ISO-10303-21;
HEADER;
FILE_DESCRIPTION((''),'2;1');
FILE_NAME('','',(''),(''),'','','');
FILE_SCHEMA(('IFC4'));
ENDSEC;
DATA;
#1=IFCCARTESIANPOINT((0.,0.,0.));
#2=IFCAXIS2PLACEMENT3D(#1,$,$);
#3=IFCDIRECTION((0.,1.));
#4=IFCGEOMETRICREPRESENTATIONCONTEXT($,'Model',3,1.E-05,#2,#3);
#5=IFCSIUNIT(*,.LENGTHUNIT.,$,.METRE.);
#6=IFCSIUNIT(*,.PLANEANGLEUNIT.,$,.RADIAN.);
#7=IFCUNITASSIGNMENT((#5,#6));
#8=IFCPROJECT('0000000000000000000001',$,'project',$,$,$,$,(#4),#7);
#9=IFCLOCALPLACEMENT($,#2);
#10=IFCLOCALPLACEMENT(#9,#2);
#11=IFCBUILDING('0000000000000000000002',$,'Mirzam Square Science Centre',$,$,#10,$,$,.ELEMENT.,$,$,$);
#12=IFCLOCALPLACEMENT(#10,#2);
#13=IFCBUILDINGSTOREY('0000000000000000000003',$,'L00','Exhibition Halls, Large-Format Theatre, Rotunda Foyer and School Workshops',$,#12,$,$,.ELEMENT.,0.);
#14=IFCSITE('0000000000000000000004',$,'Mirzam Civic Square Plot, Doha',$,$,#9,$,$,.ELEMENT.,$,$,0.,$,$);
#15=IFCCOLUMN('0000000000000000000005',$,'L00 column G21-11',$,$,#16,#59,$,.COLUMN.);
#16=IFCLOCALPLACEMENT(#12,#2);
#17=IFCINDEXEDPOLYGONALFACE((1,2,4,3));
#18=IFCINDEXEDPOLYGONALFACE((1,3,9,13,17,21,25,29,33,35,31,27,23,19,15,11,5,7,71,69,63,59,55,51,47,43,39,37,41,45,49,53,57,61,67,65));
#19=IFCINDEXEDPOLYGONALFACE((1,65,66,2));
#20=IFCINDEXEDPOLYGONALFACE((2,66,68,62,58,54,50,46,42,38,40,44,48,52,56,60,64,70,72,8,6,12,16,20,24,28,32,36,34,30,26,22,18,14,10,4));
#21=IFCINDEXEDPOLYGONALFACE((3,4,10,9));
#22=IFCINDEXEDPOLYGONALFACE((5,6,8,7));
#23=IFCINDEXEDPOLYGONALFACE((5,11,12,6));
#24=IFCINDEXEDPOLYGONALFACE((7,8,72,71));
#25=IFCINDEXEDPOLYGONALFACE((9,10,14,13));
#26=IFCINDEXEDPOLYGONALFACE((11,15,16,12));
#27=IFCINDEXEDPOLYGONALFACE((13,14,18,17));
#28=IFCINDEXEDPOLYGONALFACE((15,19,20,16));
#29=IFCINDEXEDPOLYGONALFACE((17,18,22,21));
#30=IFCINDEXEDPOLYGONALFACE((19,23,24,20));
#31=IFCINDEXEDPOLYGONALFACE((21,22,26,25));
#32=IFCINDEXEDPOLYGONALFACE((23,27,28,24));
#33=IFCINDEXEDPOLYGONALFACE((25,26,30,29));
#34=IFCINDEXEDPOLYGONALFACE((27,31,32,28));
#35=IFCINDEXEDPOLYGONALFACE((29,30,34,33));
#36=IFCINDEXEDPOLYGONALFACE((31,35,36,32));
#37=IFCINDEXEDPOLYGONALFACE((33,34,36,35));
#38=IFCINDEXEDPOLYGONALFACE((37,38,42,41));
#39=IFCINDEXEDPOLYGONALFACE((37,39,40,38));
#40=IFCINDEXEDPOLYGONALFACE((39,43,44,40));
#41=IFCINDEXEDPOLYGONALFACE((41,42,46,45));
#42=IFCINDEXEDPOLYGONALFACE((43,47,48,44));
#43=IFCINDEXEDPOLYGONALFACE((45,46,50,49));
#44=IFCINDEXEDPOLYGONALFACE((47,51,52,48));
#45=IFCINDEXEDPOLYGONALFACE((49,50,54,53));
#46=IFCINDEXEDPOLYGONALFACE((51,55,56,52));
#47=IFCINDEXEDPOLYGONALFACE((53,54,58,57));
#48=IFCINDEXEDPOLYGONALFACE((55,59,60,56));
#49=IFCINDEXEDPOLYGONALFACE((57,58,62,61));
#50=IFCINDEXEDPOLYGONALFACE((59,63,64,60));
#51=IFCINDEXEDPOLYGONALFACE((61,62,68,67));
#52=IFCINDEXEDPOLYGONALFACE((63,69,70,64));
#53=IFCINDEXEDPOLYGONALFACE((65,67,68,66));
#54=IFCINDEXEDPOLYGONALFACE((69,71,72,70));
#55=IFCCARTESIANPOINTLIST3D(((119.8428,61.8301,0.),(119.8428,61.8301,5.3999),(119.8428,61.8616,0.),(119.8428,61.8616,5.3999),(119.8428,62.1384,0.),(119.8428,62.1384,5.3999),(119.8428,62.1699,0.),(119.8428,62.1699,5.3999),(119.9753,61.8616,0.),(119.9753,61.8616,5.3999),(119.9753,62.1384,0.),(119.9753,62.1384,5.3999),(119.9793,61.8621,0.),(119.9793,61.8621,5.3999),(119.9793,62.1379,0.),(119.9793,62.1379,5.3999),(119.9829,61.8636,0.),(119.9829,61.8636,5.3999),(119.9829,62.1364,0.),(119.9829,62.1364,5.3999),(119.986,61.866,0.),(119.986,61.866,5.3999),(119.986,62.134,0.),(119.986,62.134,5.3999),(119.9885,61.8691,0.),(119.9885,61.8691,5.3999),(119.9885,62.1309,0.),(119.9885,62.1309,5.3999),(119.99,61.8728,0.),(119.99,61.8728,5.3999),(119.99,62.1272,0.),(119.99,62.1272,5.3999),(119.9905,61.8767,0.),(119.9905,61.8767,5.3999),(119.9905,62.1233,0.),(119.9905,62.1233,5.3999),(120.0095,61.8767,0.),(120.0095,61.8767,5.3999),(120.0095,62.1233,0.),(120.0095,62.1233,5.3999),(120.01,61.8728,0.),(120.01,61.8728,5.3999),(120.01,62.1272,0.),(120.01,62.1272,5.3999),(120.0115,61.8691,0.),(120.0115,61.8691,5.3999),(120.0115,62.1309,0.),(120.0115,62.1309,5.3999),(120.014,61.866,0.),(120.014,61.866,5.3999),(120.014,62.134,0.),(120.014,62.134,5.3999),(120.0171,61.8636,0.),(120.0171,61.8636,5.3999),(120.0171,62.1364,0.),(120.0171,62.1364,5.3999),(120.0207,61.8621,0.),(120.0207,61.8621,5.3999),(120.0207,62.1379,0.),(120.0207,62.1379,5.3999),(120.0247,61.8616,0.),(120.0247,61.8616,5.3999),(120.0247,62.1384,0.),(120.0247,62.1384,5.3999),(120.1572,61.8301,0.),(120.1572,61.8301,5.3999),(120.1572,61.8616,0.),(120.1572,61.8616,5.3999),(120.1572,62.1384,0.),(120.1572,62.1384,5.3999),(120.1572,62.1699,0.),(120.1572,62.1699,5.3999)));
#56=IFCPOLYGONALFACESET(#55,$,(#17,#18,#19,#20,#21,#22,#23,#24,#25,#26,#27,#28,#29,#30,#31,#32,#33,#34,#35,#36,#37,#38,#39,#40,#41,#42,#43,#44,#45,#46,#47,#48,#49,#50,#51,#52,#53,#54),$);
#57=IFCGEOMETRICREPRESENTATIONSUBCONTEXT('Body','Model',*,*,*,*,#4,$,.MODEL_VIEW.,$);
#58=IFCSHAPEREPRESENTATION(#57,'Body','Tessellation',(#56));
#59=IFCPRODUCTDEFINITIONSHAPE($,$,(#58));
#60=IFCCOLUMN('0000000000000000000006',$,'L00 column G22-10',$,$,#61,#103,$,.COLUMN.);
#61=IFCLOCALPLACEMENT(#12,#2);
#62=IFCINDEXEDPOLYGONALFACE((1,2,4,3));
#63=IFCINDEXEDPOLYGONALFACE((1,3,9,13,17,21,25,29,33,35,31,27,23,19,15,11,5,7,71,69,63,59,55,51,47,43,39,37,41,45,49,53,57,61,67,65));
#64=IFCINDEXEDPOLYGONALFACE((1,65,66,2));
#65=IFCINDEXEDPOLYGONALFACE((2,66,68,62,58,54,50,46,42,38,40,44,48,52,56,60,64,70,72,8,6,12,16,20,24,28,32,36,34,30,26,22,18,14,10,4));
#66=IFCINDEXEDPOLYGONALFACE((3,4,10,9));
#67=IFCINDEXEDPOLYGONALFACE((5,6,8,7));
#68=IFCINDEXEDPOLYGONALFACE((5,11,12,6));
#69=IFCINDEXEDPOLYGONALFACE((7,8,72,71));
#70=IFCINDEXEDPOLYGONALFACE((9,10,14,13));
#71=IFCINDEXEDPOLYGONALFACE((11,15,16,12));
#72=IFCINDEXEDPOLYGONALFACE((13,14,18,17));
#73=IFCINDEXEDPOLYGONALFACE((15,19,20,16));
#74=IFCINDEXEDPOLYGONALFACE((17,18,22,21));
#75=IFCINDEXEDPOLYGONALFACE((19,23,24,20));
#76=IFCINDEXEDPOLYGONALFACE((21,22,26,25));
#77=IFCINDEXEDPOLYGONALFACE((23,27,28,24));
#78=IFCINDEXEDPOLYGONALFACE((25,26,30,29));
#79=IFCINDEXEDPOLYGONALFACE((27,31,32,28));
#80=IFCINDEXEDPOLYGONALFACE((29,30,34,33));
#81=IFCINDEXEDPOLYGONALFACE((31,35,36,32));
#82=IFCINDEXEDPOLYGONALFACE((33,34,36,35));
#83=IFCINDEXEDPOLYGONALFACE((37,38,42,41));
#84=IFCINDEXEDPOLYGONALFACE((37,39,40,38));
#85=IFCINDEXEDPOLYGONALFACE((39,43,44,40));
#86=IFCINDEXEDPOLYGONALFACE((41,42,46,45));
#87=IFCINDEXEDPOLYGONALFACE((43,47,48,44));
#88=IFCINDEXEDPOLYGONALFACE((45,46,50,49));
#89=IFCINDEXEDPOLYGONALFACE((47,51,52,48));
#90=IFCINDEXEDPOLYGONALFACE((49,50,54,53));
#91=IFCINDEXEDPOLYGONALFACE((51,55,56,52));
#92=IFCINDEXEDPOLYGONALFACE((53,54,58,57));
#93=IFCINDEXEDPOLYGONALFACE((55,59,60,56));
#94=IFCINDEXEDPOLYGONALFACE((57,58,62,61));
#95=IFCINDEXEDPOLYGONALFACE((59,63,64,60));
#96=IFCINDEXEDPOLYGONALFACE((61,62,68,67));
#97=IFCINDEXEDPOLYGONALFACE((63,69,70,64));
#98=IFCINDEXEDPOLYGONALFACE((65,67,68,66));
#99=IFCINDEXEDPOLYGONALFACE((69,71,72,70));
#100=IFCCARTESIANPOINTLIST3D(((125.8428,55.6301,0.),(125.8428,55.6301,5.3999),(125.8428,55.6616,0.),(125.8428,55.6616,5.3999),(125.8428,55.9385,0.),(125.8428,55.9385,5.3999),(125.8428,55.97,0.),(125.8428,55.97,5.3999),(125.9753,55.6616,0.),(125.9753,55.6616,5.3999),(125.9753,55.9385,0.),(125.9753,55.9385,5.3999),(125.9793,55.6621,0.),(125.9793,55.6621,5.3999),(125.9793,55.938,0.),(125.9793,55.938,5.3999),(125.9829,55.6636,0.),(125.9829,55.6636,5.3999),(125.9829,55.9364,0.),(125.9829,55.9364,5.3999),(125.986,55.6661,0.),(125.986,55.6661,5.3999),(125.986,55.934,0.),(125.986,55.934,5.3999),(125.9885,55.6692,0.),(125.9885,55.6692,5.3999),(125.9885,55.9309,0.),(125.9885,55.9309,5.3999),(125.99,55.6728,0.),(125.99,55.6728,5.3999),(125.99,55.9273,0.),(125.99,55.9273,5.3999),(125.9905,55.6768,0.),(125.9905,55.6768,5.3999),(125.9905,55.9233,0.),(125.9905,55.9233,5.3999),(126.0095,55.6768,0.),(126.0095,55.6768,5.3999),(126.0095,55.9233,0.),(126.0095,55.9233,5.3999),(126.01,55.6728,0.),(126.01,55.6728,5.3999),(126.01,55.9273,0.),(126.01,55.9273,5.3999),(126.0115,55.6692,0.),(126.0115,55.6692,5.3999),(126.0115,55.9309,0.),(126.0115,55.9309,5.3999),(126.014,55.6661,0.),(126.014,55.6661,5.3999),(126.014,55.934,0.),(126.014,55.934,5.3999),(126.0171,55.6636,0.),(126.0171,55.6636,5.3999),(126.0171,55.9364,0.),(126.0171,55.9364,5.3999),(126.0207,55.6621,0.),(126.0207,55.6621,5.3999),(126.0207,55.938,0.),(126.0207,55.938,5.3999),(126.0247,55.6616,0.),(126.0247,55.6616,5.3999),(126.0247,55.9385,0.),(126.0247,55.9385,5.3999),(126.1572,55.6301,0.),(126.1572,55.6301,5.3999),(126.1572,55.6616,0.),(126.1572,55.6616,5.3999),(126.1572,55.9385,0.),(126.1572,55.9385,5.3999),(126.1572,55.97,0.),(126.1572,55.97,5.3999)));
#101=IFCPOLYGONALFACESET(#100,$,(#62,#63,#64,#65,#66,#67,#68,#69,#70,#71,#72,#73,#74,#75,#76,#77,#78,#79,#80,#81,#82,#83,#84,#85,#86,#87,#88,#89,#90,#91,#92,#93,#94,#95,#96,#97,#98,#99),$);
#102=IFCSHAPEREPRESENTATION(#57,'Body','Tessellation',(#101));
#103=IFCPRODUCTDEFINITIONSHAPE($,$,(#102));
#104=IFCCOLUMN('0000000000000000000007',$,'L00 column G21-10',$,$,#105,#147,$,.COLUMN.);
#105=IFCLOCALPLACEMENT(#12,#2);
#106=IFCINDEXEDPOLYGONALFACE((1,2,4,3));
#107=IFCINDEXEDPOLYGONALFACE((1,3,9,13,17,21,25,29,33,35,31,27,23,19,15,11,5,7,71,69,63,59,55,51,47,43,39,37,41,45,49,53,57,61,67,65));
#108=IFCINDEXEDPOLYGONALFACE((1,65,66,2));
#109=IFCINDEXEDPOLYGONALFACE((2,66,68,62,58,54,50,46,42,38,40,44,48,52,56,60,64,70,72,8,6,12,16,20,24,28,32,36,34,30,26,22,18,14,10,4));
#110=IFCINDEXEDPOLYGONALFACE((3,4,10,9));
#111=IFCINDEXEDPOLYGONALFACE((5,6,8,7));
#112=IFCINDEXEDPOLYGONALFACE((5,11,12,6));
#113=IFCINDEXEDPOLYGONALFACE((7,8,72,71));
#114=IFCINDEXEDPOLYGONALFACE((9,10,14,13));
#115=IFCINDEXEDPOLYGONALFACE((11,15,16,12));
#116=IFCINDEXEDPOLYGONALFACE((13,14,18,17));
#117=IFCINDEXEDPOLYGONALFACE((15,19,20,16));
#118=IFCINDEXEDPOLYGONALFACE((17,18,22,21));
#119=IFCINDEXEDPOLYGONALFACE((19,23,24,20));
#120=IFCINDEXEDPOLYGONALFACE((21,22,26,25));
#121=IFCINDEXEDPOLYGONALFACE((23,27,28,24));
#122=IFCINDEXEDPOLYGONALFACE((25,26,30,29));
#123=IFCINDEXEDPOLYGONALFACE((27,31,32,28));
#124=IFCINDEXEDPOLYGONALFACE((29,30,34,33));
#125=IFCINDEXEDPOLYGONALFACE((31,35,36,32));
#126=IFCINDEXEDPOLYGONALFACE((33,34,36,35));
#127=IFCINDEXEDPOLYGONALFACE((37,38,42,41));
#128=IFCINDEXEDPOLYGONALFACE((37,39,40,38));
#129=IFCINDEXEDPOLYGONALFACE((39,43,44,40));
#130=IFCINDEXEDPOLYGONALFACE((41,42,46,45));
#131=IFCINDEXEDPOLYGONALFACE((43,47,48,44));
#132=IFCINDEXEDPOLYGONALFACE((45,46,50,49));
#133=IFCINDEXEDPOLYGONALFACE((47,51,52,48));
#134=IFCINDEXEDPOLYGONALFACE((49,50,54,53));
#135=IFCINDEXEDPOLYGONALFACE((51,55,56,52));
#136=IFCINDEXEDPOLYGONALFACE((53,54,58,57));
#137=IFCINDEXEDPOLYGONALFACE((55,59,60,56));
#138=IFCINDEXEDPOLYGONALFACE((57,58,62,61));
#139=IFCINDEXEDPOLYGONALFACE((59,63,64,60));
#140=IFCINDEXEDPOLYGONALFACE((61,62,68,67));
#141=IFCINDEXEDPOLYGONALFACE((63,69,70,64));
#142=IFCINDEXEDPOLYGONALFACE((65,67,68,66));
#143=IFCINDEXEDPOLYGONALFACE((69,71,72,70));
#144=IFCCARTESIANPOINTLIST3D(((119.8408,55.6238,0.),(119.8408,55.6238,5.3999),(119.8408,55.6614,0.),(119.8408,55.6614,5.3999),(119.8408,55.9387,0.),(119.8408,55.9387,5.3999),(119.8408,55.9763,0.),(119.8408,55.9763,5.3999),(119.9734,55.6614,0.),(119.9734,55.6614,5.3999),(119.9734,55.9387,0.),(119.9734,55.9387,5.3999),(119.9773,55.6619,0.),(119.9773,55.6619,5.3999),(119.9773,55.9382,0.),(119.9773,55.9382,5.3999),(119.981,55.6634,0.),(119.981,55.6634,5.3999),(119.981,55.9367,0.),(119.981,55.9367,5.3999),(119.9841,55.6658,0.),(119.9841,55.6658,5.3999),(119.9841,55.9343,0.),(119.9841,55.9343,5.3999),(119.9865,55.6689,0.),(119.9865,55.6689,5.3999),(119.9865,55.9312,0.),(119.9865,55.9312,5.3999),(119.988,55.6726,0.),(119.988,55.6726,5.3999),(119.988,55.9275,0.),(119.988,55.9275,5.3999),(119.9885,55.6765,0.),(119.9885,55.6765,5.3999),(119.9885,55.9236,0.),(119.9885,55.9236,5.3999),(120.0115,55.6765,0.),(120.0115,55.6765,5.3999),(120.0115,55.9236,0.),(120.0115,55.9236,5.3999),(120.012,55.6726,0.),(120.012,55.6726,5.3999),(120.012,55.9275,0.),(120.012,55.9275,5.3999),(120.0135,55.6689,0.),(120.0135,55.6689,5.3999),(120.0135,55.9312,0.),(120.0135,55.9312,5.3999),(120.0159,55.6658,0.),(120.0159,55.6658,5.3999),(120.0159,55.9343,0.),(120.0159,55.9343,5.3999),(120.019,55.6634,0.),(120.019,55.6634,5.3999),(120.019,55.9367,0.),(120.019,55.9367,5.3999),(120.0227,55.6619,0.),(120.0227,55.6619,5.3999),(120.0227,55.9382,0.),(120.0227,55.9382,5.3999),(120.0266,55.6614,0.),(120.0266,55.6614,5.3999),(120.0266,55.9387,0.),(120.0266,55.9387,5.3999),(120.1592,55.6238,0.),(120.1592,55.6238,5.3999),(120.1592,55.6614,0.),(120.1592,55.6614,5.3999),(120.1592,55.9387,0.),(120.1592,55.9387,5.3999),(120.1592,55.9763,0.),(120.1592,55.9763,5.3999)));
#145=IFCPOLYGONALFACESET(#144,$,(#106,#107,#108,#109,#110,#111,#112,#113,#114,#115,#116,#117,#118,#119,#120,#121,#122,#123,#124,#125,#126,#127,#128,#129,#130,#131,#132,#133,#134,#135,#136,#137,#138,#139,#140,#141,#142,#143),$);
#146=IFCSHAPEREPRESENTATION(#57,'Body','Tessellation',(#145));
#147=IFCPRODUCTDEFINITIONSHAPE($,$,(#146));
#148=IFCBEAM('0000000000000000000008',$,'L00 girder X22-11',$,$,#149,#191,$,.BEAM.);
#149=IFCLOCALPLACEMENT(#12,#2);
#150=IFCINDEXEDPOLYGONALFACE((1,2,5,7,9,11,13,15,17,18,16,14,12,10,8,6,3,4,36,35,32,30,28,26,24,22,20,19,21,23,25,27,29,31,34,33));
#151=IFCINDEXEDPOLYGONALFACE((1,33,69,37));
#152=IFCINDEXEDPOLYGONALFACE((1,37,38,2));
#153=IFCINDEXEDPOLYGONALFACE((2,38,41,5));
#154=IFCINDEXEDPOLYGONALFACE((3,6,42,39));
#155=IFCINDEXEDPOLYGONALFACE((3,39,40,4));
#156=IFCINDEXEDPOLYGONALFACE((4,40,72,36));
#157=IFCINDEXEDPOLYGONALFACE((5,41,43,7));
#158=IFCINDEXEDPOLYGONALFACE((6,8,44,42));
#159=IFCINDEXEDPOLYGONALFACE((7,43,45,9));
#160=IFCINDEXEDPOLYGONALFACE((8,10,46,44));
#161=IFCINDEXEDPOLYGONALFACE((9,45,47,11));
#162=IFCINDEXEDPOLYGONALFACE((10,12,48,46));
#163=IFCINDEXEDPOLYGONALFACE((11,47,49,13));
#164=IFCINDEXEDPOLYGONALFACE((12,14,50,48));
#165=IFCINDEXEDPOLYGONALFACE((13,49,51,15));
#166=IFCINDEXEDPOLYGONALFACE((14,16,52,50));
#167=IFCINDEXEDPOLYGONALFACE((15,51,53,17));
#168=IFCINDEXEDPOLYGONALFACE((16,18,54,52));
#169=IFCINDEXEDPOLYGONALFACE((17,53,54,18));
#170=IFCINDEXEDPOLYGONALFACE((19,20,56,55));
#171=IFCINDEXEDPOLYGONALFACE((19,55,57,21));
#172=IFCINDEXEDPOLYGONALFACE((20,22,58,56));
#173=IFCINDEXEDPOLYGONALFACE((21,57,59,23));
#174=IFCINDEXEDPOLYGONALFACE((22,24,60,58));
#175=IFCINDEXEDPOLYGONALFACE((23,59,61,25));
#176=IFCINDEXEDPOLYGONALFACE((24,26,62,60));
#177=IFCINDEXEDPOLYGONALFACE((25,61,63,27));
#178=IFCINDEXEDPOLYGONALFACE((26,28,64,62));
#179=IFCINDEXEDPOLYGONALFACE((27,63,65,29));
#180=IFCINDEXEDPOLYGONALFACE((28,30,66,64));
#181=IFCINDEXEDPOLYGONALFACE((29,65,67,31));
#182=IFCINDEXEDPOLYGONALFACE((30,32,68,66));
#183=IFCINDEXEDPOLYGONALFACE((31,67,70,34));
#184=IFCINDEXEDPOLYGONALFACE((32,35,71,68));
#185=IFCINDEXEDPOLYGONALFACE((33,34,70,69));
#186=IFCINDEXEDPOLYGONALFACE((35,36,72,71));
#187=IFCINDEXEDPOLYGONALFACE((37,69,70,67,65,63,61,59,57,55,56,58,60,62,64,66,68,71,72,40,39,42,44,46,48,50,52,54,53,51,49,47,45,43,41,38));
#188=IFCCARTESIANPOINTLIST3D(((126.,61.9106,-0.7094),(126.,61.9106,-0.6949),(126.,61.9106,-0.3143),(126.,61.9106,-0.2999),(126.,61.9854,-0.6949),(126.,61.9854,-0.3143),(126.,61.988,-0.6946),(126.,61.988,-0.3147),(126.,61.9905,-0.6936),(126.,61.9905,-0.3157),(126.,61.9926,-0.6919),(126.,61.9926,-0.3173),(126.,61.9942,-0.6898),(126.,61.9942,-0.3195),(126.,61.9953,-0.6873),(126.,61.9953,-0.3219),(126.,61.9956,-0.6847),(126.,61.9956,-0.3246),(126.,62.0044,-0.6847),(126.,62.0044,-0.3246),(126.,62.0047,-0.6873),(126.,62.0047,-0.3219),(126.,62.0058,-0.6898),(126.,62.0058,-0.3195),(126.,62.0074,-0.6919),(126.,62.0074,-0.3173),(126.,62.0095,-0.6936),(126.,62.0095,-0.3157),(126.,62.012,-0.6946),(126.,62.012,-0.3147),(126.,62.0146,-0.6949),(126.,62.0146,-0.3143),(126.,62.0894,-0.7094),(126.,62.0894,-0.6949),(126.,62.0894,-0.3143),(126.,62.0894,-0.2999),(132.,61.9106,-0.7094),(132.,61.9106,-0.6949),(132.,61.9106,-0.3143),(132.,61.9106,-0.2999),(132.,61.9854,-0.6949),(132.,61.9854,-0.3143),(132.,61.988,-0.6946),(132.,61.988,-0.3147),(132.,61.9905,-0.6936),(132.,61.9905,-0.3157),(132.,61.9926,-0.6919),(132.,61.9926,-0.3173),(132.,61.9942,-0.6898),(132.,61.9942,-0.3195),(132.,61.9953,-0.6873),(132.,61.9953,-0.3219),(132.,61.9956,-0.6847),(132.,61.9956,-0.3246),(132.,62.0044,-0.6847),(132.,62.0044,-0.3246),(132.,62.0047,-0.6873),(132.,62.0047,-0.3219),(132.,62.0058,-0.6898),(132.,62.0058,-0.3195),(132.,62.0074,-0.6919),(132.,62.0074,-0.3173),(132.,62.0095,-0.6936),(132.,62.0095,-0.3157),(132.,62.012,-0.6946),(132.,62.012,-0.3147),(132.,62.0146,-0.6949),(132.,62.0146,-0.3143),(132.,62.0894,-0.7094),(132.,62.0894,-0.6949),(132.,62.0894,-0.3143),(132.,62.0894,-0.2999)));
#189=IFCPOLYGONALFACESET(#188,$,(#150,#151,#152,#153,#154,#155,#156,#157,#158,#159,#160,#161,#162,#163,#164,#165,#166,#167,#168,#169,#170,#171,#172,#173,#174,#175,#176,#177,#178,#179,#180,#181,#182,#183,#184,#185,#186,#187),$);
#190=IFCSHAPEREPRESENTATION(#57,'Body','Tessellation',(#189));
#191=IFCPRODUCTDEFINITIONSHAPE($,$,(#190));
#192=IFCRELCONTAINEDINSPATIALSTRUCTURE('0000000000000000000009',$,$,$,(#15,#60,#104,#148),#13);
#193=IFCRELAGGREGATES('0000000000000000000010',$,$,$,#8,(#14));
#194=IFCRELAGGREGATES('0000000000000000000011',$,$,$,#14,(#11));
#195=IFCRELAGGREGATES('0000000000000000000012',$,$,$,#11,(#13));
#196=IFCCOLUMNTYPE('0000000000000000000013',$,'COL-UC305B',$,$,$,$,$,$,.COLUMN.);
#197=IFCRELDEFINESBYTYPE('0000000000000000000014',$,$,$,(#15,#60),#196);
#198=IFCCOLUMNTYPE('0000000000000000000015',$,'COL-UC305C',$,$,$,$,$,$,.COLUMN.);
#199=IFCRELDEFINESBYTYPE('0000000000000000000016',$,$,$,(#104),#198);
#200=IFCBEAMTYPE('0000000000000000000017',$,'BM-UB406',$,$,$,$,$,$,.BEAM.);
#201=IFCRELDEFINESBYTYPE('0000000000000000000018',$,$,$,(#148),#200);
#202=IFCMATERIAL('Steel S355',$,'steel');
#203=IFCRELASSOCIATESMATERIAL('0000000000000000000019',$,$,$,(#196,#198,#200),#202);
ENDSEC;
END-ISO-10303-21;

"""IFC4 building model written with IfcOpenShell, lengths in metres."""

from ifc_helpers import new_model, si_unit, direction, frame, origin, origin_2d, place, context, subcontext, project, spatial, i_section, extrude, material, material_profile, profile_set, type_object, element, save


model = new_model("IFC4")

# Units and contexts
model_context = context("Model", 3, precision=1e-05, world=origin(), true_north=direction((0.0, 1.0)))
body_context = subcontext(model_context, "Body", "Model", "MODEL_VIEW")
ifc_project = project(units=[si_unit("LENGTHUNIT", "METRE"), si_unit("PLANEANGLEUNIT", "RADIAN")], contexts=[model_context])

# Site, building, storey
site_placement = place(None, origin())
site = spatial("IfcSite", under=ifc_project, at=site_placement, Name="Mirzam Civic Square Plot, Doha", CompositionType="ELEMENT", RefElevation=0.0)
building_placement = place(site_placement, origin())
building = spatial("IfcBuilding", under=site, at=building_placement, Name="Mirzam Square Science Centre", CompositionType="ELEMENT")
storey_placement = place(building_placement, origin())
storey = spatial("IfcBuildingStorey", under=building, at=storey_placement, Name="L00", Description="Exhibition Halls, Large-Format Theatre, Rotunda Foyer and School Workshops", CompositionType="ELEMENT", Elevation=0.0)

# Columns
ifc_material_1 = material(Name="Steel S355", Category="steel")
ifc_material_profile_1 = material_profile(ifc_material_1, i_section(OverallWidth=0.3145, OverallDepth=0.3398, WebThickness=0.019, FlangeThickness=0.0315, FilletRadius=0.0151, at=origin_2d()), Name="305x305x198UC")
ifc_profile_set_1 = profile_set([ifc_material_profile_1], Name="Steel S355")
column_type_1 = type_object("IfcColumnType", Name="COL-UC305B", PredefinedType="COLUMN", material=ifc_profile_set_1)
for number, where, z_axis, x_axis, name in (
    (1, (120.0, 62.0, 0.0), (0.0, 0.0, 1.0), (1.0, 0.0, 0.0), "L00 column G21-11"),
    (2, (126.0, 55.8, 0.0), (0.0, 0.0, 1.0), (1.0, 0.0, 0.0), "L00 column G22-10"),
):
    element("IfcColumn", number, at=place(storey_placement, frame(where, z_axis=z_axis, x_axis=x_axis)), inside=storey, type_object=column_type_1, Name=name, PredefinedType="COLUMN", context=body_context, shape_type="SweptSolid", body=[
        extrude(i_section(OverallWidth=0.3145, OverallDepth=0.3398, WebThickness=0.019, FlangeThickness=0.0315, FilletRadius=0.0151, at=origin_2d()), origin(), (0.0, 0.0, 1.0), 5.3999),
    ])
ifc_material_profile_2 = material_profile(ifc_material_1, i_section(OverallWidth=0.3184, OverallDepth=0.3525, WebThickness=0.0229, FlangeThickness=0.0376, FilletRadius=0.0151, at=origin_2d()), Name="305x305x240UC")
ifc_profile_set_2 = profile_set([ifc_material_profile_2], Name="Steel S355")
column_type_2 = type_object("IfcColumnType", Name="COL-UC305C", PredefinedType="COLUMN", material=ifc_profile_set_2)
column_1_placement = place(storey_placement, frame((120.0, 55.8, 0.0), z_axis=(0.0, 0.0, 1.0), x_axis=(1.0, 0.0, 0.0)))
element("IfcColumn", 3, at=column_1_placement, inside=storey, type_object=column_type_2, Name="L00 column G21-10", PredefinedType="COLUMN", context=body_context, shape_type="SweptSolid", body=[
    extrude(i_section(OverallWidth=0.3184, OverallDepth=0.3525, WebThickness=0.0229, FlangeThickness=0.0376, FilletRadius=0.0151, at=origin_2d()), origin(), (0.0, 0.0, 1.0), 5.3999),
])

# Beam
ifc_material_profile_3 = material_profile(ifc_material_1, i_section(OverallWidth=0.1787, OverallDepth=0.4094, WebThickness=0.0088, FlangeThickness=0.0144, FilletRadius=0.0103, at=origin_2d()), Name="406x178x67UB")
ifc_profile_set_3 = profile_set([ifc_material_profile_3], Name="Steel S355")
beam_type_1 = type_object("IfcBeamType", Name="BM-UB406", PredefinedType="BEAM", material=ifc_profile_set_3)
beam_1_placement = place(storey_placement, frame((126.0, 62.0, -0.5046), z_axis=(1.0, 0.0, 0.0), x_axis=(0.0, 1.0, 0.0)))
element("IfcBeam", 4, at=beam_1_placement, inside=storey, type_object=beam_type_1, Name="L00 girder X22-11", PredefinedType="BEAM", context=body_context, shape_type="SweptSolid", body=[
    extrude(i_section(OverallWidth=0.1787, OverallDepth=0.4094, WebThickness=0.0088, FlangeThickness=0.0144, FilletRadius=0.0103, at=origin_2d()), origin(), (0.0, 0.0, 1.0), 6.0),
])

save(model, "model.ifc")
